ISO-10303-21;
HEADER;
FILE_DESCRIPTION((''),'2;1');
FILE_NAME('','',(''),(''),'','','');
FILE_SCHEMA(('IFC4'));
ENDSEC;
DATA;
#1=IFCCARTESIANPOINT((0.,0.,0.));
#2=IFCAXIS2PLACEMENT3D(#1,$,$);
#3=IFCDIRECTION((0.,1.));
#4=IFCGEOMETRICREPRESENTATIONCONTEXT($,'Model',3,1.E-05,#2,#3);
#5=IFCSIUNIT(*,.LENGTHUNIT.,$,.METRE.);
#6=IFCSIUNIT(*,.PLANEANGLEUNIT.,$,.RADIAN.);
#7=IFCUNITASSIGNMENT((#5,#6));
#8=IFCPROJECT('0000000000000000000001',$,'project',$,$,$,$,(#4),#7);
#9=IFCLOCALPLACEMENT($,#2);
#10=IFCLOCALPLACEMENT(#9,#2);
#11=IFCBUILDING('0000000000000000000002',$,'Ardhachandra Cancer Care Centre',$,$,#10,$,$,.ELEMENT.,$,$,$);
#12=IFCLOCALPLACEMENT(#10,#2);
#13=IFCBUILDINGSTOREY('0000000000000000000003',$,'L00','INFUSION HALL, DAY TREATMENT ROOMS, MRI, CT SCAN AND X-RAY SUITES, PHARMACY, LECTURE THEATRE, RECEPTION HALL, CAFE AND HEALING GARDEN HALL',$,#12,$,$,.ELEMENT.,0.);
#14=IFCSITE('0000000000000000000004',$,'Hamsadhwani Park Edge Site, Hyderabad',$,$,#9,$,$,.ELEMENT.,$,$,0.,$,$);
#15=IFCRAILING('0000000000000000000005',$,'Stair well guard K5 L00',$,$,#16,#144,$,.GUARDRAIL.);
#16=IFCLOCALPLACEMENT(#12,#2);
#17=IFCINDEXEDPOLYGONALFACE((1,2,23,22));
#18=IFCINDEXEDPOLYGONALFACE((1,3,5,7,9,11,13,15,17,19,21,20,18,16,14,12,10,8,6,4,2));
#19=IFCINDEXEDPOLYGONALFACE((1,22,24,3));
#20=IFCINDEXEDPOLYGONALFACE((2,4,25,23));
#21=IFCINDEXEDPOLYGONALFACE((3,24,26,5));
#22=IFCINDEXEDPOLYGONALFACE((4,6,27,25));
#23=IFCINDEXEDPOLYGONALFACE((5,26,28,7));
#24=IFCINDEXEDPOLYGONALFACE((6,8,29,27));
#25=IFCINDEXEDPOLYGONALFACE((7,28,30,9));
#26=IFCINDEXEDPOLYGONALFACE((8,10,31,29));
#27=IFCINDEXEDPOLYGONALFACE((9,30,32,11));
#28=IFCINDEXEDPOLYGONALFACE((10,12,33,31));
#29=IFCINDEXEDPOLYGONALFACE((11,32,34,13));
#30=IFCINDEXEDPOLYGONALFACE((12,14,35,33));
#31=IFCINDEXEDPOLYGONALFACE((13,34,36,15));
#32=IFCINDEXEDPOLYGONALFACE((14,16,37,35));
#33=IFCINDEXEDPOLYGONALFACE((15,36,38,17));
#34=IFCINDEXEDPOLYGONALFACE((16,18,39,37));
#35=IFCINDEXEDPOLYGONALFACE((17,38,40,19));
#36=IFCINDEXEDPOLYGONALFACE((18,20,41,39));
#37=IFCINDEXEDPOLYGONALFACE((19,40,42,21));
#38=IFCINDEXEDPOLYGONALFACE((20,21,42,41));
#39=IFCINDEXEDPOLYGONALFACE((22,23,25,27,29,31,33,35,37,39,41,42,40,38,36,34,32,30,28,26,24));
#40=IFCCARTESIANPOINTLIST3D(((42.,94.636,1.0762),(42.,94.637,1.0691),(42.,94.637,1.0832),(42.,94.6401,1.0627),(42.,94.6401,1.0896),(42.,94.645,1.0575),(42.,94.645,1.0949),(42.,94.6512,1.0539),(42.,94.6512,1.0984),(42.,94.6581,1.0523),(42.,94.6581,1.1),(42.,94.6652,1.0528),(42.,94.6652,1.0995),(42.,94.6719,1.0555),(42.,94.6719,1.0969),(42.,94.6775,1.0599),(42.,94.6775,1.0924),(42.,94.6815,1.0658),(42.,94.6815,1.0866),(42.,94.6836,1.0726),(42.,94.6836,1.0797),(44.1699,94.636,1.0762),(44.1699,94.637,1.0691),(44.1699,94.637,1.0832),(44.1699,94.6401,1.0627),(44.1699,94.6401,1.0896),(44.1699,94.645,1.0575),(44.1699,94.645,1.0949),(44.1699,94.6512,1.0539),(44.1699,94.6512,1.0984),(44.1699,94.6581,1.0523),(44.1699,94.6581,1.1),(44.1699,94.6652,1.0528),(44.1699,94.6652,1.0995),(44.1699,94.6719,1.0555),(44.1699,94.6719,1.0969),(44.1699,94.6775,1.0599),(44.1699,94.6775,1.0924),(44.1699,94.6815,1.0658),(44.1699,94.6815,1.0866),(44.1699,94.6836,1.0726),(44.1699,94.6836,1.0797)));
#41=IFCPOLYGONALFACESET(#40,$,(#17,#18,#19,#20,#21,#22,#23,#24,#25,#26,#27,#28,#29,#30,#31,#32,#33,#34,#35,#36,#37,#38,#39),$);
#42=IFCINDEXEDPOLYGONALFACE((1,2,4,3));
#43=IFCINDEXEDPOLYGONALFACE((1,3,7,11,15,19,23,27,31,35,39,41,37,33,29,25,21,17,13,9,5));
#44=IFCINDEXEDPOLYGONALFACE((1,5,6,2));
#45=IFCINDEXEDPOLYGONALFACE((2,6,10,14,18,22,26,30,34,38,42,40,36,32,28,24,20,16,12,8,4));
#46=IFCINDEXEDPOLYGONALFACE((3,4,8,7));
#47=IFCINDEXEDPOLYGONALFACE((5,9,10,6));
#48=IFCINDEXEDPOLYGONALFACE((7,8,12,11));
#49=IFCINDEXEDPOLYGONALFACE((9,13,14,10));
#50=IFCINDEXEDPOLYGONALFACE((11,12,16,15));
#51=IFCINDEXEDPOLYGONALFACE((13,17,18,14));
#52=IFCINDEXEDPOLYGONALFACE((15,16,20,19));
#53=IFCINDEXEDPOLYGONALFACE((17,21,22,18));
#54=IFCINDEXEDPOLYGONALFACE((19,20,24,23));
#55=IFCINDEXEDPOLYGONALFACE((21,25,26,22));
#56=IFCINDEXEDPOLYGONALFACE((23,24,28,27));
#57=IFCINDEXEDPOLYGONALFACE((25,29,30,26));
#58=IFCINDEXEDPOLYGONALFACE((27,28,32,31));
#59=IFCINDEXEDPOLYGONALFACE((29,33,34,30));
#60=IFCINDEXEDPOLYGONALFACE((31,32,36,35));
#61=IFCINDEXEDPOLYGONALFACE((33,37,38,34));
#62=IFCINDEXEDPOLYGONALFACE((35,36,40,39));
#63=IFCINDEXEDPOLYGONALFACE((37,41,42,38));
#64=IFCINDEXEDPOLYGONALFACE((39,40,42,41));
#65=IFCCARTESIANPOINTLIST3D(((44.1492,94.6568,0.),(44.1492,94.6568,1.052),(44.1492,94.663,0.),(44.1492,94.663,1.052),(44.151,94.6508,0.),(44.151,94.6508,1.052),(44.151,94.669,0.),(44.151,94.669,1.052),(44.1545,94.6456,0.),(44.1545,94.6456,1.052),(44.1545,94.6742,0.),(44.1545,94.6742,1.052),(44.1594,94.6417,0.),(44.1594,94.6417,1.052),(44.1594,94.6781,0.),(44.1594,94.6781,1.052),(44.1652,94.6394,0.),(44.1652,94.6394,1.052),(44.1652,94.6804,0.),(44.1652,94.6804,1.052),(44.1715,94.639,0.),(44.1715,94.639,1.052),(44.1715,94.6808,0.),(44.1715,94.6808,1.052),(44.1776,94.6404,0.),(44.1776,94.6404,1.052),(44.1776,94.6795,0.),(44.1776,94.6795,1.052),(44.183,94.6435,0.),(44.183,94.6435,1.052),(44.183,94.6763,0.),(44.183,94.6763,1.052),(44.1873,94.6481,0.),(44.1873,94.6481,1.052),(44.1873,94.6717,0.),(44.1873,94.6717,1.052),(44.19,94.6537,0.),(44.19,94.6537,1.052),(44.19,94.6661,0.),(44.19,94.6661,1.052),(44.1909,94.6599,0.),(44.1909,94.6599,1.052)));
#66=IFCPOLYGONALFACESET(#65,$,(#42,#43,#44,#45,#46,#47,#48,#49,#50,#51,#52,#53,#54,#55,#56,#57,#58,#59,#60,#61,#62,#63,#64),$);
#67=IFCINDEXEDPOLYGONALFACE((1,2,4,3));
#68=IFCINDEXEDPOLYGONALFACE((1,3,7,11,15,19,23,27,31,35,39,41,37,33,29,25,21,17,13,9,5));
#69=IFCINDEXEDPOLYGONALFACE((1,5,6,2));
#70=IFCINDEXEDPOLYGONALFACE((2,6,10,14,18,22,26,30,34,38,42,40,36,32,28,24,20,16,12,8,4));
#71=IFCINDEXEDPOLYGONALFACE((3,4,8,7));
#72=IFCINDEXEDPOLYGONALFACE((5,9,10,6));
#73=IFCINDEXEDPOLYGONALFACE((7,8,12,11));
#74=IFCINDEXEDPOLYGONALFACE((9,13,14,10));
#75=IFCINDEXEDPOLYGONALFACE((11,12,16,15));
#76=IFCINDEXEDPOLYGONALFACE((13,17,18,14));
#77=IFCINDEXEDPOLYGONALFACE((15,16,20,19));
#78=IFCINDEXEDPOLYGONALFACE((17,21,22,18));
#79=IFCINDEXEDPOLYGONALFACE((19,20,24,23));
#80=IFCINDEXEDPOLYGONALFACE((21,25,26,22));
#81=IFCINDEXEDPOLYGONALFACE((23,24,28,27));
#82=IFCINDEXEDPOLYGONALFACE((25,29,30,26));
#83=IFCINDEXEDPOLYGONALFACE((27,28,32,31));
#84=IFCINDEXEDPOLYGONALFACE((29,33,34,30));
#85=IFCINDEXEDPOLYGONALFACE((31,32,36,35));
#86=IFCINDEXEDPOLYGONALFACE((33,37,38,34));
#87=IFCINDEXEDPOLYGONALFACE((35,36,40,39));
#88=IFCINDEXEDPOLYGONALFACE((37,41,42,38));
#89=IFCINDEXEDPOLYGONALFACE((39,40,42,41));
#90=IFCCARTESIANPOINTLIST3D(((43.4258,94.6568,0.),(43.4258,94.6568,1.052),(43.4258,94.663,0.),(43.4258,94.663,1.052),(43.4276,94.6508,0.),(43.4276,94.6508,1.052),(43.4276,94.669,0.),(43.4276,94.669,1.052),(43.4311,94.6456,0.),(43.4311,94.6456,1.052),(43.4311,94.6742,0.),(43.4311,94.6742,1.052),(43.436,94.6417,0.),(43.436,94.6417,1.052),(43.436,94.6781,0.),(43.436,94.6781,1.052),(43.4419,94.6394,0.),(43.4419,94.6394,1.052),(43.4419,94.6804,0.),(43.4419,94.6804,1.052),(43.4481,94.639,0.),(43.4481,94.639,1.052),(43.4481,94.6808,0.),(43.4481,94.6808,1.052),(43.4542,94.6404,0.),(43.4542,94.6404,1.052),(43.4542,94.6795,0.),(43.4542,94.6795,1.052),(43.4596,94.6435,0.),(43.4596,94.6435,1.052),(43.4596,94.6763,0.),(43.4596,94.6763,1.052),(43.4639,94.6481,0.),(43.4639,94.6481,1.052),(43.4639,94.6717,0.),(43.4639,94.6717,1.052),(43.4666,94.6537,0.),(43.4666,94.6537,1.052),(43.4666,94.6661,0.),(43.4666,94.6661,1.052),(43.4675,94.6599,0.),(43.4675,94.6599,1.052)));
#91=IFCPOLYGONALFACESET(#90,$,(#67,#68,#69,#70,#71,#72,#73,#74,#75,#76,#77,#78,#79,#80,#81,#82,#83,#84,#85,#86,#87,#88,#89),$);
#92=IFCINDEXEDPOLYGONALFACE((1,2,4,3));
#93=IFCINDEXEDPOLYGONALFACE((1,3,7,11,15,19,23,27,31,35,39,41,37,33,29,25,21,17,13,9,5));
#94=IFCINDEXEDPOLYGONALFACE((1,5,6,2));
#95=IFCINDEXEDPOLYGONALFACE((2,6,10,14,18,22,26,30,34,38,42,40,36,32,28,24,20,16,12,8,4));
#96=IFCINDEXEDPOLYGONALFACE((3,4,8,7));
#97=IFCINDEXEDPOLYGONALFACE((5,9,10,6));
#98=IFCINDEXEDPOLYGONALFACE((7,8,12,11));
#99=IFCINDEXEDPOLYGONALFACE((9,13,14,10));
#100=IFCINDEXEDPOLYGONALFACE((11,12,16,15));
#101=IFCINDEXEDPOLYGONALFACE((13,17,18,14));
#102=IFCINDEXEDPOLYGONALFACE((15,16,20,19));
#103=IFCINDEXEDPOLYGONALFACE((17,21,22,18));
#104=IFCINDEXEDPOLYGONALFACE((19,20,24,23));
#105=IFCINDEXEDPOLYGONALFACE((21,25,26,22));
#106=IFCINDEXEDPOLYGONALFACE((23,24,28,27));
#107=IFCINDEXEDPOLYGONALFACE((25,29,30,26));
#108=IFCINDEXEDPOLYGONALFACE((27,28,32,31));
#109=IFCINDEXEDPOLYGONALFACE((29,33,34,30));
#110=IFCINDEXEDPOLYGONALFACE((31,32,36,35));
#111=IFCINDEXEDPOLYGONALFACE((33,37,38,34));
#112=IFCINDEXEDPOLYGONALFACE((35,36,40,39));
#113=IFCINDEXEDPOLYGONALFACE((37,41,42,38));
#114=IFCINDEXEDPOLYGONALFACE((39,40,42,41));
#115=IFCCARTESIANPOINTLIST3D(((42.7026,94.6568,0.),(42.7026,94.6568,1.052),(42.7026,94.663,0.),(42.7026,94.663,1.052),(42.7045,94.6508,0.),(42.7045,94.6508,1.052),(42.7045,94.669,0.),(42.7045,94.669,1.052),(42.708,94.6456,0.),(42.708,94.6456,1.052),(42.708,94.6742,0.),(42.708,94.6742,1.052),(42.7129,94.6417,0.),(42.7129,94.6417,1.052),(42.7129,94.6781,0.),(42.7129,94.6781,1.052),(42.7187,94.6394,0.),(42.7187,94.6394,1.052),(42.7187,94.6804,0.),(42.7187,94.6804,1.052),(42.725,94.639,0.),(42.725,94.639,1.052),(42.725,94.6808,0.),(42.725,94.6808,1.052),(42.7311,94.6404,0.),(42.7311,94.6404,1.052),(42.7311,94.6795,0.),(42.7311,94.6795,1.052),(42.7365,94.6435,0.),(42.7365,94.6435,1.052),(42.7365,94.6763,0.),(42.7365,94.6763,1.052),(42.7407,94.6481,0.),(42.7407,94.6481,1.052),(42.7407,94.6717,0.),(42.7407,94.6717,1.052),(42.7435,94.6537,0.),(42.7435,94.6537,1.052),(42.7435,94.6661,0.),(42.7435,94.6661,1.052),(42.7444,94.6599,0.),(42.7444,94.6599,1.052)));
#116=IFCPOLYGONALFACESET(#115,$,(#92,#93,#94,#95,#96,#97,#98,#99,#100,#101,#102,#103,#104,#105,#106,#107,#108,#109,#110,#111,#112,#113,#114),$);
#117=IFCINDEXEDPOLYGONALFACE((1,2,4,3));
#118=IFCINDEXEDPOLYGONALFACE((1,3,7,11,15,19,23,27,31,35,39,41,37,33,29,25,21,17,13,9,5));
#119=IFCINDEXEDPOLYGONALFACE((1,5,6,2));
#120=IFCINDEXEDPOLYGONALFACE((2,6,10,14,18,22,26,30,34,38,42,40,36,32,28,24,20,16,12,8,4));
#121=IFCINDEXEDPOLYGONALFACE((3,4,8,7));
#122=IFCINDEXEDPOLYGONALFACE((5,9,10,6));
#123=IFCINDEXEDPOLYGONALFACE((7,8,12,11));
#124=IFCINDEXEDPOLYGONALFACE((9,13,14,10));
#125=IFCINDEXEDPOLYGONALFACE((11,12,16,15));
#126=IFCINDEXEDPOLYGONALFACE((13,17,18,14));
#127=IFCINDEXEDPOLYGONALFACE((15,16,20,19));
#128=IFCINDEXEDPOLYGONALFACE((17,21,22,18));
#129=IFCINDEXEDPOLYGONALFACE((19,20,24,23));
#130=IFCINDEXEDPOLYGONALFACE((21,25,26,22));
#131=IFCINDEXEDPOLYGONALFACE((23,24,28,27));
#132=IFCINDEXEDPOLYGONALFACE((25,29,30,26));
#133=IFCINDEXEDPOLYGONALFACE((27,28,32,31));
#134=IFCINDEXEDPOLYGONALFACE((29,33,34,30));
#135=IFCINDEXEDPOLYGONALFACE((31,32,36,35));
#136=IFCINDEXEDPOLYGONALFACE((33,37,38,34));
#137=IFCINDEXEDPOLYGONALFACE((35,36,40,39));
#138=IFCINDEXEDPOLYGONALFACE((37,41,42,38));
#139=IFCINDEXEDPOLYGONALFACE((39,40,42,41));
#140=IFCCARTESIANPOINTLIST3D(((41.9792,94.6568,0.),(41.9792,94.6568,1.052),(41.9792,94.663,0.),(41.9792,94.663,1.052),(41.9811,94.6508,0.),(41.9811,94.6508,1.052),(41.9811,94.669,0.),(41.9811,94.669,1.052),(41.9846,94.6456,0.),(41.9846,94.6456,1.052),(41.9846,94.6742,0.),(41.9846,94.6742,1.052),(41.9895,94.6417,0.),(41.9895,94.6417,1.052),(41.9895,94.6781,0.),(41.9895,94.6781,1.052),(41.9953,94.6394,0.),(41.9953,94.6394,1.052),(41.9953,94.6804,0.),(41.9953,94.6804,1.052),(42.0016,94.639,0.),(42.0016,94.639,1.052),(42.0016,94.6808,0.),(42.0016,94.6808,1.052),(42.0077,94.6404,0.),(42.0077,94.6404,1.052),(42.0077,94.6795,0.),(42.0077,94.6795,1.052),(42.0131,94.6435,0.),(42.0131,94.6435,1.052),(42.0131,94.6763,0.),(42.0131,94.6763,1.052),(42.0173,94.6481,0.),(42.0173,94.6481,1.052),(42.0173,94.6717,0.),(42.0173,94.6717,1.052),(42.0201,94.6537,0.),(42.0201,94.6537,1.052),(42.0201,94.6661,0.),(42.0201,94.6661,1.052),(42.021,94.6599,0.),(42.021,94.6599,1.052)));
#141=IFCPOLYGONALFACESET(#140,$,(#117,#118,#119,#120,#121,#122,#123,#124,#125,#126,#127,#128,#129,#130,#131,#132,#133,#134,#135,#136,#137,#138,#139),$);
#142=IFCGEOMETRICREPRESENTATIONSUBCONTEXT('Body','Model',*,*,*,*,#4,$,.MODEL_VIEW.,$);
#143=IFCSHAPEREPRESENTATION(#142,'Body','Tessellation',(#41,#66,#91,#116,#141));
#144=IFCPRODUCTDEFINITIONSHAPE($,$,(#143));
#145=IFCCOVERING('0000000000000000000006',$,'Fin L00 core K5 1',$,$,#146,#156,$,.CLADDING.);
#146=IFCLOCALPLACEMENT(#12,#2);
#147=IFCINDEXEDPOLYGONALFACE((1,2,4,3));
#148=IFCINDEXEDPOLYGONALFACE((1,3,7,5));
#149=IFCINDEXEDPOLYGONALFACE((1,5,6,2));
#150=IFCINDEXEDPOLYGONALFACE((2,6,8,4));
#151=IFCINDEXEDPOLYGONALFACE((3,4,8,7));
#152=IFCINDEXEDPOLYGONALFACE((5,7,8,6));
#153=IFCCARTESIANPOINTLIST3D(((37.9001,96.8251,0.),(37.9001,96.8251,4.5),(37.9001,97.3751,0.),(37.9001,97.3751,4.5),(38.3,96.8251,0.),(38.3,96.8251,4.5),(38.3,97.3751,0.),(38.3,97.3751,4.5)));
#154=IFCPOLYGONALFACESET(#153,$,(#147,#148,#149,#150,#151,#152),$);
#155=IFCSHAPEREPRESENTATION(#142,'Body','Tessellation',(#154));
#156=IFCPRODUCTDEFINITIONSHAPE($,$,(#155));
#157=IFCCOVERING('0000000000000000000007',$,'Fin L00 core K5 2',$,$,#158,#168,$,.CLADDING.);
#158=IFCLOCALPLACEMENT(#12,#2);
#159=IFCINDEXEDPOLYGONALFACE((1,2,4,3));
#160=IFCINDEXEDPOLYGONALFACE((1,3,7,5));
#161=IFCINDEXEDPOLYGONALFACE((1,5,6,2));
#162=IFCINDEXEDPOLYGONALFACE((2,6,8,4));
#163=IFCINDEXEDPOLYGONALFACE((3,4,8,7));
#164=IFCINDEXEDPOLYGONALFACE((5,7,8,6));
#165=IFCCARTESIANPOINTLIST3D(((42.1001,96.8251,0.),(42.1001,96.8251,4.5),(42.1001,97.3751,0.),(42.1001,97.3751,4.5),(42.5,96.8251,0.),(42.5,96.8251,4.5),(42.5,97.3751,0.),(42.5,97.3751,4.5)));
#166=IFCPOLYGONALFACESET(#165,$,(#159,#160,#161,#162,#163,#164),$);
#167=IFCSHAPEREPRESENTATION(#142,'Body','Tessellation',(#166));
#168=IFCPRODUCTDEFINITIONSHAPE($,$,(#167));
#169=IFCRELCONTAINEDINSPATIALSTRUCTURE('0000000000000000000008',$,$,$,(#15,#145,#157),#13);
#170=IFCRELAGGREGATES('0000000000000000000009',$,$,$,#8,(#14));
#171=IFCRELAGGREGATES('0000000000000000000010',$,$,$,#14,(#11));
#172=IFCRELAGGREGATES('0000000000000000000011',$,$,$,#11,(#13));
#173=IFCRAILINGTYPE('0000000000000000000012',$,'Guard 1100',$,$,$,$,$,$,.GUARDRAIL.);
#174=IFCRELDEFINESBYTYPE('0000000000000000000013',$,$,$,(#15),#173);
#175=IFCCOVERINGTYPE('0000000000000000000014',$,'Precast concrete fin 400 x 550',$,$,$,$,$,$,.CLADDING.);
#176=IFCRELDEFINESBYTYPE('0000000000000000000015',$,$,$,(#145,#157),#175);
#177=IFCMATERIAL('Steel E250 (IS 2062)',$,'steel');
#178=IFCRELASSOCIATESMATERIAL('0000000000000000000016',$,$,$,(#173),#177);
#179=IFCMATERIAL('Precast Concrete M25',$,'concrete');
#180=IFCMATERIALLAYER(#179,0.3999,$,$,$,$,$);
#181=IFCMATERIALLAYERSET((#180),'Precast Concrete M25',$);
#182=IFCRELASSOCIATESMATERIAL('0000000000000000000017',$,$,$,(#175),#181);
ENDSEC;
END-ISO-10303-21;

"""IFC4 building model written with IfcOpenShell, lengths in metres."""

from ifc_helpers import new_model, si_unit, direction, frame, origin, origin_2d, place, context, subcontext, project, spatial, rectangle, circle, extrude, material, layer, layer_set, type_object, element, save


model = new_model("IFC4")

# Units and contexts
model_context = context("Model", 3, precision=1e-05, world=origin(), true_north=direction((0.0, 1.0)))
body_context = subcontext(model_context, "Body", "Model", "MODEL_VIEW")
ifc_project = project(units=[si_unit("LENGTHUNIT", "METRE"), si_unit("PLANEANGLEUNIT", "RADIAN")], contexts=[model_context])

# Site, building, storey
site_placement = place(None, origin())
site = spatial("IfcSite", under=ifc_project, at=site_placement, Name="Hamsadhwani Park Edge Site, Hyderabad", CompositionType="ELEMENT", RefElevation=0.0)
building_placement = place(site_placement, origin())
building = spatial("IfcBuilding", under=site, at=building_placement, Name="Ardhachandra Cancer Care Centre", CompositionType="ELEMENT")
storey_placement = place(building_placement, origin())
storey = spatial("IfcBuildingStorey", under=building, at=storey_placement, Name="L00", Description="INFUSION HALL, DAY TREATMENT ROOMS, MRI, CT SCAN AND X-RAY SUITES, PHARMACY, LECTURE THEATRE, RECEPTION HALL, CAFE AND HEALING GARDEN HALL", CompositionType="ELEMENT", Elevation=0.0)

# Railing
ifc_material_1 = material(Name="Steel E250 (IS 2062)", Category="steel")
railing_type_1 = type_object("IfcRailingType", Name="Guard 1100", PredefinedType="GUARDRAIL", material=ifc_material_1)
railing_placement = place(storey_placement, frame((44.1699, 94.6599, 0.0)))
element("IfcRailing", 1, at=railing_placement, inside=storey, type_object=railing_type_1, Name="Stair well guard K5 L00", PredefinedType="GUARDRAIL", context=body_context, shape_type="SweptSolid", body=[
    extrude(circle(Radius=0.0239, at=origin_2d()), frame((0.0, 0.0, 1.0762), z_axis=(-1.0, 0.0, 0.0), x_axis=(0.0, -1.0, 0.0)), (0.0, 0.0, 1.0), 2.1699),
    extrude(circle(Radius=0.021, at=origin_2d()), origin(), (0.0, 0.0, 1.0), 1.052),
    extrude(circle(Radius=0.021, at=origin_2d()), frame((-0.7234, 0.0, 0.0)), (0.0, 0.0, 1.0), 1.052),
    extrude(circle(Radius=0.021, at=origin_2d()), frame((-1.4465, 0.0, 0.0)), (0.0, 0.0, 1.0), 1.052),
    extrude(circle(Radius=0.021, at=origin_2d()), frame((-2.1699, 0.0, 0.0)), (0.0, 0.0, 1.0), 1.052),
])

# Coverings
ifc_material_2 = material(Name="Precast Concrete M25", Category="concrete")
ifc_layer_1 = layer(ifc_material_2, 0.3999)
ifc_layer_set_1 = layer_set([ifc_layer_1], Name="Precast Concrete M25")
covering_type = type_object("IfcCoveringType", Name="Precast concrete fin 400 x 550", PredefinedType="CLADDING", material=ifc_layer_set_1)
for number, where, z_axis, x_axis, name in (
    (2, (38.1001, 97.1001, 0.0), (0.0, 0.0, 1.0), (1.0, 0.0, 0.0), "Fin L00 core K5 1"),
    (3, (42.3, 97.1001, 0.0), (0.0, 0.0, 1.0), (1.0, 0.0, 0.0), "Fin L00 core K5 2"),
):
    element("IfcCovering", number, at=place(storey_placement, frame(where, z_axis=z_axis, x_axis=x_axis)), inside=storey, type_object=covering_type, Name=name, PredefinedType="CLADDING", context=body_context, shape_type="SweptSolid", body=[
        extrude(rectangle(XDim=0.3999, YDim=0.55, at=origin_2d()), origin(), (0.0, 0.0, 1.0), 4.5),
    ])

save(model, "model.ifc")
